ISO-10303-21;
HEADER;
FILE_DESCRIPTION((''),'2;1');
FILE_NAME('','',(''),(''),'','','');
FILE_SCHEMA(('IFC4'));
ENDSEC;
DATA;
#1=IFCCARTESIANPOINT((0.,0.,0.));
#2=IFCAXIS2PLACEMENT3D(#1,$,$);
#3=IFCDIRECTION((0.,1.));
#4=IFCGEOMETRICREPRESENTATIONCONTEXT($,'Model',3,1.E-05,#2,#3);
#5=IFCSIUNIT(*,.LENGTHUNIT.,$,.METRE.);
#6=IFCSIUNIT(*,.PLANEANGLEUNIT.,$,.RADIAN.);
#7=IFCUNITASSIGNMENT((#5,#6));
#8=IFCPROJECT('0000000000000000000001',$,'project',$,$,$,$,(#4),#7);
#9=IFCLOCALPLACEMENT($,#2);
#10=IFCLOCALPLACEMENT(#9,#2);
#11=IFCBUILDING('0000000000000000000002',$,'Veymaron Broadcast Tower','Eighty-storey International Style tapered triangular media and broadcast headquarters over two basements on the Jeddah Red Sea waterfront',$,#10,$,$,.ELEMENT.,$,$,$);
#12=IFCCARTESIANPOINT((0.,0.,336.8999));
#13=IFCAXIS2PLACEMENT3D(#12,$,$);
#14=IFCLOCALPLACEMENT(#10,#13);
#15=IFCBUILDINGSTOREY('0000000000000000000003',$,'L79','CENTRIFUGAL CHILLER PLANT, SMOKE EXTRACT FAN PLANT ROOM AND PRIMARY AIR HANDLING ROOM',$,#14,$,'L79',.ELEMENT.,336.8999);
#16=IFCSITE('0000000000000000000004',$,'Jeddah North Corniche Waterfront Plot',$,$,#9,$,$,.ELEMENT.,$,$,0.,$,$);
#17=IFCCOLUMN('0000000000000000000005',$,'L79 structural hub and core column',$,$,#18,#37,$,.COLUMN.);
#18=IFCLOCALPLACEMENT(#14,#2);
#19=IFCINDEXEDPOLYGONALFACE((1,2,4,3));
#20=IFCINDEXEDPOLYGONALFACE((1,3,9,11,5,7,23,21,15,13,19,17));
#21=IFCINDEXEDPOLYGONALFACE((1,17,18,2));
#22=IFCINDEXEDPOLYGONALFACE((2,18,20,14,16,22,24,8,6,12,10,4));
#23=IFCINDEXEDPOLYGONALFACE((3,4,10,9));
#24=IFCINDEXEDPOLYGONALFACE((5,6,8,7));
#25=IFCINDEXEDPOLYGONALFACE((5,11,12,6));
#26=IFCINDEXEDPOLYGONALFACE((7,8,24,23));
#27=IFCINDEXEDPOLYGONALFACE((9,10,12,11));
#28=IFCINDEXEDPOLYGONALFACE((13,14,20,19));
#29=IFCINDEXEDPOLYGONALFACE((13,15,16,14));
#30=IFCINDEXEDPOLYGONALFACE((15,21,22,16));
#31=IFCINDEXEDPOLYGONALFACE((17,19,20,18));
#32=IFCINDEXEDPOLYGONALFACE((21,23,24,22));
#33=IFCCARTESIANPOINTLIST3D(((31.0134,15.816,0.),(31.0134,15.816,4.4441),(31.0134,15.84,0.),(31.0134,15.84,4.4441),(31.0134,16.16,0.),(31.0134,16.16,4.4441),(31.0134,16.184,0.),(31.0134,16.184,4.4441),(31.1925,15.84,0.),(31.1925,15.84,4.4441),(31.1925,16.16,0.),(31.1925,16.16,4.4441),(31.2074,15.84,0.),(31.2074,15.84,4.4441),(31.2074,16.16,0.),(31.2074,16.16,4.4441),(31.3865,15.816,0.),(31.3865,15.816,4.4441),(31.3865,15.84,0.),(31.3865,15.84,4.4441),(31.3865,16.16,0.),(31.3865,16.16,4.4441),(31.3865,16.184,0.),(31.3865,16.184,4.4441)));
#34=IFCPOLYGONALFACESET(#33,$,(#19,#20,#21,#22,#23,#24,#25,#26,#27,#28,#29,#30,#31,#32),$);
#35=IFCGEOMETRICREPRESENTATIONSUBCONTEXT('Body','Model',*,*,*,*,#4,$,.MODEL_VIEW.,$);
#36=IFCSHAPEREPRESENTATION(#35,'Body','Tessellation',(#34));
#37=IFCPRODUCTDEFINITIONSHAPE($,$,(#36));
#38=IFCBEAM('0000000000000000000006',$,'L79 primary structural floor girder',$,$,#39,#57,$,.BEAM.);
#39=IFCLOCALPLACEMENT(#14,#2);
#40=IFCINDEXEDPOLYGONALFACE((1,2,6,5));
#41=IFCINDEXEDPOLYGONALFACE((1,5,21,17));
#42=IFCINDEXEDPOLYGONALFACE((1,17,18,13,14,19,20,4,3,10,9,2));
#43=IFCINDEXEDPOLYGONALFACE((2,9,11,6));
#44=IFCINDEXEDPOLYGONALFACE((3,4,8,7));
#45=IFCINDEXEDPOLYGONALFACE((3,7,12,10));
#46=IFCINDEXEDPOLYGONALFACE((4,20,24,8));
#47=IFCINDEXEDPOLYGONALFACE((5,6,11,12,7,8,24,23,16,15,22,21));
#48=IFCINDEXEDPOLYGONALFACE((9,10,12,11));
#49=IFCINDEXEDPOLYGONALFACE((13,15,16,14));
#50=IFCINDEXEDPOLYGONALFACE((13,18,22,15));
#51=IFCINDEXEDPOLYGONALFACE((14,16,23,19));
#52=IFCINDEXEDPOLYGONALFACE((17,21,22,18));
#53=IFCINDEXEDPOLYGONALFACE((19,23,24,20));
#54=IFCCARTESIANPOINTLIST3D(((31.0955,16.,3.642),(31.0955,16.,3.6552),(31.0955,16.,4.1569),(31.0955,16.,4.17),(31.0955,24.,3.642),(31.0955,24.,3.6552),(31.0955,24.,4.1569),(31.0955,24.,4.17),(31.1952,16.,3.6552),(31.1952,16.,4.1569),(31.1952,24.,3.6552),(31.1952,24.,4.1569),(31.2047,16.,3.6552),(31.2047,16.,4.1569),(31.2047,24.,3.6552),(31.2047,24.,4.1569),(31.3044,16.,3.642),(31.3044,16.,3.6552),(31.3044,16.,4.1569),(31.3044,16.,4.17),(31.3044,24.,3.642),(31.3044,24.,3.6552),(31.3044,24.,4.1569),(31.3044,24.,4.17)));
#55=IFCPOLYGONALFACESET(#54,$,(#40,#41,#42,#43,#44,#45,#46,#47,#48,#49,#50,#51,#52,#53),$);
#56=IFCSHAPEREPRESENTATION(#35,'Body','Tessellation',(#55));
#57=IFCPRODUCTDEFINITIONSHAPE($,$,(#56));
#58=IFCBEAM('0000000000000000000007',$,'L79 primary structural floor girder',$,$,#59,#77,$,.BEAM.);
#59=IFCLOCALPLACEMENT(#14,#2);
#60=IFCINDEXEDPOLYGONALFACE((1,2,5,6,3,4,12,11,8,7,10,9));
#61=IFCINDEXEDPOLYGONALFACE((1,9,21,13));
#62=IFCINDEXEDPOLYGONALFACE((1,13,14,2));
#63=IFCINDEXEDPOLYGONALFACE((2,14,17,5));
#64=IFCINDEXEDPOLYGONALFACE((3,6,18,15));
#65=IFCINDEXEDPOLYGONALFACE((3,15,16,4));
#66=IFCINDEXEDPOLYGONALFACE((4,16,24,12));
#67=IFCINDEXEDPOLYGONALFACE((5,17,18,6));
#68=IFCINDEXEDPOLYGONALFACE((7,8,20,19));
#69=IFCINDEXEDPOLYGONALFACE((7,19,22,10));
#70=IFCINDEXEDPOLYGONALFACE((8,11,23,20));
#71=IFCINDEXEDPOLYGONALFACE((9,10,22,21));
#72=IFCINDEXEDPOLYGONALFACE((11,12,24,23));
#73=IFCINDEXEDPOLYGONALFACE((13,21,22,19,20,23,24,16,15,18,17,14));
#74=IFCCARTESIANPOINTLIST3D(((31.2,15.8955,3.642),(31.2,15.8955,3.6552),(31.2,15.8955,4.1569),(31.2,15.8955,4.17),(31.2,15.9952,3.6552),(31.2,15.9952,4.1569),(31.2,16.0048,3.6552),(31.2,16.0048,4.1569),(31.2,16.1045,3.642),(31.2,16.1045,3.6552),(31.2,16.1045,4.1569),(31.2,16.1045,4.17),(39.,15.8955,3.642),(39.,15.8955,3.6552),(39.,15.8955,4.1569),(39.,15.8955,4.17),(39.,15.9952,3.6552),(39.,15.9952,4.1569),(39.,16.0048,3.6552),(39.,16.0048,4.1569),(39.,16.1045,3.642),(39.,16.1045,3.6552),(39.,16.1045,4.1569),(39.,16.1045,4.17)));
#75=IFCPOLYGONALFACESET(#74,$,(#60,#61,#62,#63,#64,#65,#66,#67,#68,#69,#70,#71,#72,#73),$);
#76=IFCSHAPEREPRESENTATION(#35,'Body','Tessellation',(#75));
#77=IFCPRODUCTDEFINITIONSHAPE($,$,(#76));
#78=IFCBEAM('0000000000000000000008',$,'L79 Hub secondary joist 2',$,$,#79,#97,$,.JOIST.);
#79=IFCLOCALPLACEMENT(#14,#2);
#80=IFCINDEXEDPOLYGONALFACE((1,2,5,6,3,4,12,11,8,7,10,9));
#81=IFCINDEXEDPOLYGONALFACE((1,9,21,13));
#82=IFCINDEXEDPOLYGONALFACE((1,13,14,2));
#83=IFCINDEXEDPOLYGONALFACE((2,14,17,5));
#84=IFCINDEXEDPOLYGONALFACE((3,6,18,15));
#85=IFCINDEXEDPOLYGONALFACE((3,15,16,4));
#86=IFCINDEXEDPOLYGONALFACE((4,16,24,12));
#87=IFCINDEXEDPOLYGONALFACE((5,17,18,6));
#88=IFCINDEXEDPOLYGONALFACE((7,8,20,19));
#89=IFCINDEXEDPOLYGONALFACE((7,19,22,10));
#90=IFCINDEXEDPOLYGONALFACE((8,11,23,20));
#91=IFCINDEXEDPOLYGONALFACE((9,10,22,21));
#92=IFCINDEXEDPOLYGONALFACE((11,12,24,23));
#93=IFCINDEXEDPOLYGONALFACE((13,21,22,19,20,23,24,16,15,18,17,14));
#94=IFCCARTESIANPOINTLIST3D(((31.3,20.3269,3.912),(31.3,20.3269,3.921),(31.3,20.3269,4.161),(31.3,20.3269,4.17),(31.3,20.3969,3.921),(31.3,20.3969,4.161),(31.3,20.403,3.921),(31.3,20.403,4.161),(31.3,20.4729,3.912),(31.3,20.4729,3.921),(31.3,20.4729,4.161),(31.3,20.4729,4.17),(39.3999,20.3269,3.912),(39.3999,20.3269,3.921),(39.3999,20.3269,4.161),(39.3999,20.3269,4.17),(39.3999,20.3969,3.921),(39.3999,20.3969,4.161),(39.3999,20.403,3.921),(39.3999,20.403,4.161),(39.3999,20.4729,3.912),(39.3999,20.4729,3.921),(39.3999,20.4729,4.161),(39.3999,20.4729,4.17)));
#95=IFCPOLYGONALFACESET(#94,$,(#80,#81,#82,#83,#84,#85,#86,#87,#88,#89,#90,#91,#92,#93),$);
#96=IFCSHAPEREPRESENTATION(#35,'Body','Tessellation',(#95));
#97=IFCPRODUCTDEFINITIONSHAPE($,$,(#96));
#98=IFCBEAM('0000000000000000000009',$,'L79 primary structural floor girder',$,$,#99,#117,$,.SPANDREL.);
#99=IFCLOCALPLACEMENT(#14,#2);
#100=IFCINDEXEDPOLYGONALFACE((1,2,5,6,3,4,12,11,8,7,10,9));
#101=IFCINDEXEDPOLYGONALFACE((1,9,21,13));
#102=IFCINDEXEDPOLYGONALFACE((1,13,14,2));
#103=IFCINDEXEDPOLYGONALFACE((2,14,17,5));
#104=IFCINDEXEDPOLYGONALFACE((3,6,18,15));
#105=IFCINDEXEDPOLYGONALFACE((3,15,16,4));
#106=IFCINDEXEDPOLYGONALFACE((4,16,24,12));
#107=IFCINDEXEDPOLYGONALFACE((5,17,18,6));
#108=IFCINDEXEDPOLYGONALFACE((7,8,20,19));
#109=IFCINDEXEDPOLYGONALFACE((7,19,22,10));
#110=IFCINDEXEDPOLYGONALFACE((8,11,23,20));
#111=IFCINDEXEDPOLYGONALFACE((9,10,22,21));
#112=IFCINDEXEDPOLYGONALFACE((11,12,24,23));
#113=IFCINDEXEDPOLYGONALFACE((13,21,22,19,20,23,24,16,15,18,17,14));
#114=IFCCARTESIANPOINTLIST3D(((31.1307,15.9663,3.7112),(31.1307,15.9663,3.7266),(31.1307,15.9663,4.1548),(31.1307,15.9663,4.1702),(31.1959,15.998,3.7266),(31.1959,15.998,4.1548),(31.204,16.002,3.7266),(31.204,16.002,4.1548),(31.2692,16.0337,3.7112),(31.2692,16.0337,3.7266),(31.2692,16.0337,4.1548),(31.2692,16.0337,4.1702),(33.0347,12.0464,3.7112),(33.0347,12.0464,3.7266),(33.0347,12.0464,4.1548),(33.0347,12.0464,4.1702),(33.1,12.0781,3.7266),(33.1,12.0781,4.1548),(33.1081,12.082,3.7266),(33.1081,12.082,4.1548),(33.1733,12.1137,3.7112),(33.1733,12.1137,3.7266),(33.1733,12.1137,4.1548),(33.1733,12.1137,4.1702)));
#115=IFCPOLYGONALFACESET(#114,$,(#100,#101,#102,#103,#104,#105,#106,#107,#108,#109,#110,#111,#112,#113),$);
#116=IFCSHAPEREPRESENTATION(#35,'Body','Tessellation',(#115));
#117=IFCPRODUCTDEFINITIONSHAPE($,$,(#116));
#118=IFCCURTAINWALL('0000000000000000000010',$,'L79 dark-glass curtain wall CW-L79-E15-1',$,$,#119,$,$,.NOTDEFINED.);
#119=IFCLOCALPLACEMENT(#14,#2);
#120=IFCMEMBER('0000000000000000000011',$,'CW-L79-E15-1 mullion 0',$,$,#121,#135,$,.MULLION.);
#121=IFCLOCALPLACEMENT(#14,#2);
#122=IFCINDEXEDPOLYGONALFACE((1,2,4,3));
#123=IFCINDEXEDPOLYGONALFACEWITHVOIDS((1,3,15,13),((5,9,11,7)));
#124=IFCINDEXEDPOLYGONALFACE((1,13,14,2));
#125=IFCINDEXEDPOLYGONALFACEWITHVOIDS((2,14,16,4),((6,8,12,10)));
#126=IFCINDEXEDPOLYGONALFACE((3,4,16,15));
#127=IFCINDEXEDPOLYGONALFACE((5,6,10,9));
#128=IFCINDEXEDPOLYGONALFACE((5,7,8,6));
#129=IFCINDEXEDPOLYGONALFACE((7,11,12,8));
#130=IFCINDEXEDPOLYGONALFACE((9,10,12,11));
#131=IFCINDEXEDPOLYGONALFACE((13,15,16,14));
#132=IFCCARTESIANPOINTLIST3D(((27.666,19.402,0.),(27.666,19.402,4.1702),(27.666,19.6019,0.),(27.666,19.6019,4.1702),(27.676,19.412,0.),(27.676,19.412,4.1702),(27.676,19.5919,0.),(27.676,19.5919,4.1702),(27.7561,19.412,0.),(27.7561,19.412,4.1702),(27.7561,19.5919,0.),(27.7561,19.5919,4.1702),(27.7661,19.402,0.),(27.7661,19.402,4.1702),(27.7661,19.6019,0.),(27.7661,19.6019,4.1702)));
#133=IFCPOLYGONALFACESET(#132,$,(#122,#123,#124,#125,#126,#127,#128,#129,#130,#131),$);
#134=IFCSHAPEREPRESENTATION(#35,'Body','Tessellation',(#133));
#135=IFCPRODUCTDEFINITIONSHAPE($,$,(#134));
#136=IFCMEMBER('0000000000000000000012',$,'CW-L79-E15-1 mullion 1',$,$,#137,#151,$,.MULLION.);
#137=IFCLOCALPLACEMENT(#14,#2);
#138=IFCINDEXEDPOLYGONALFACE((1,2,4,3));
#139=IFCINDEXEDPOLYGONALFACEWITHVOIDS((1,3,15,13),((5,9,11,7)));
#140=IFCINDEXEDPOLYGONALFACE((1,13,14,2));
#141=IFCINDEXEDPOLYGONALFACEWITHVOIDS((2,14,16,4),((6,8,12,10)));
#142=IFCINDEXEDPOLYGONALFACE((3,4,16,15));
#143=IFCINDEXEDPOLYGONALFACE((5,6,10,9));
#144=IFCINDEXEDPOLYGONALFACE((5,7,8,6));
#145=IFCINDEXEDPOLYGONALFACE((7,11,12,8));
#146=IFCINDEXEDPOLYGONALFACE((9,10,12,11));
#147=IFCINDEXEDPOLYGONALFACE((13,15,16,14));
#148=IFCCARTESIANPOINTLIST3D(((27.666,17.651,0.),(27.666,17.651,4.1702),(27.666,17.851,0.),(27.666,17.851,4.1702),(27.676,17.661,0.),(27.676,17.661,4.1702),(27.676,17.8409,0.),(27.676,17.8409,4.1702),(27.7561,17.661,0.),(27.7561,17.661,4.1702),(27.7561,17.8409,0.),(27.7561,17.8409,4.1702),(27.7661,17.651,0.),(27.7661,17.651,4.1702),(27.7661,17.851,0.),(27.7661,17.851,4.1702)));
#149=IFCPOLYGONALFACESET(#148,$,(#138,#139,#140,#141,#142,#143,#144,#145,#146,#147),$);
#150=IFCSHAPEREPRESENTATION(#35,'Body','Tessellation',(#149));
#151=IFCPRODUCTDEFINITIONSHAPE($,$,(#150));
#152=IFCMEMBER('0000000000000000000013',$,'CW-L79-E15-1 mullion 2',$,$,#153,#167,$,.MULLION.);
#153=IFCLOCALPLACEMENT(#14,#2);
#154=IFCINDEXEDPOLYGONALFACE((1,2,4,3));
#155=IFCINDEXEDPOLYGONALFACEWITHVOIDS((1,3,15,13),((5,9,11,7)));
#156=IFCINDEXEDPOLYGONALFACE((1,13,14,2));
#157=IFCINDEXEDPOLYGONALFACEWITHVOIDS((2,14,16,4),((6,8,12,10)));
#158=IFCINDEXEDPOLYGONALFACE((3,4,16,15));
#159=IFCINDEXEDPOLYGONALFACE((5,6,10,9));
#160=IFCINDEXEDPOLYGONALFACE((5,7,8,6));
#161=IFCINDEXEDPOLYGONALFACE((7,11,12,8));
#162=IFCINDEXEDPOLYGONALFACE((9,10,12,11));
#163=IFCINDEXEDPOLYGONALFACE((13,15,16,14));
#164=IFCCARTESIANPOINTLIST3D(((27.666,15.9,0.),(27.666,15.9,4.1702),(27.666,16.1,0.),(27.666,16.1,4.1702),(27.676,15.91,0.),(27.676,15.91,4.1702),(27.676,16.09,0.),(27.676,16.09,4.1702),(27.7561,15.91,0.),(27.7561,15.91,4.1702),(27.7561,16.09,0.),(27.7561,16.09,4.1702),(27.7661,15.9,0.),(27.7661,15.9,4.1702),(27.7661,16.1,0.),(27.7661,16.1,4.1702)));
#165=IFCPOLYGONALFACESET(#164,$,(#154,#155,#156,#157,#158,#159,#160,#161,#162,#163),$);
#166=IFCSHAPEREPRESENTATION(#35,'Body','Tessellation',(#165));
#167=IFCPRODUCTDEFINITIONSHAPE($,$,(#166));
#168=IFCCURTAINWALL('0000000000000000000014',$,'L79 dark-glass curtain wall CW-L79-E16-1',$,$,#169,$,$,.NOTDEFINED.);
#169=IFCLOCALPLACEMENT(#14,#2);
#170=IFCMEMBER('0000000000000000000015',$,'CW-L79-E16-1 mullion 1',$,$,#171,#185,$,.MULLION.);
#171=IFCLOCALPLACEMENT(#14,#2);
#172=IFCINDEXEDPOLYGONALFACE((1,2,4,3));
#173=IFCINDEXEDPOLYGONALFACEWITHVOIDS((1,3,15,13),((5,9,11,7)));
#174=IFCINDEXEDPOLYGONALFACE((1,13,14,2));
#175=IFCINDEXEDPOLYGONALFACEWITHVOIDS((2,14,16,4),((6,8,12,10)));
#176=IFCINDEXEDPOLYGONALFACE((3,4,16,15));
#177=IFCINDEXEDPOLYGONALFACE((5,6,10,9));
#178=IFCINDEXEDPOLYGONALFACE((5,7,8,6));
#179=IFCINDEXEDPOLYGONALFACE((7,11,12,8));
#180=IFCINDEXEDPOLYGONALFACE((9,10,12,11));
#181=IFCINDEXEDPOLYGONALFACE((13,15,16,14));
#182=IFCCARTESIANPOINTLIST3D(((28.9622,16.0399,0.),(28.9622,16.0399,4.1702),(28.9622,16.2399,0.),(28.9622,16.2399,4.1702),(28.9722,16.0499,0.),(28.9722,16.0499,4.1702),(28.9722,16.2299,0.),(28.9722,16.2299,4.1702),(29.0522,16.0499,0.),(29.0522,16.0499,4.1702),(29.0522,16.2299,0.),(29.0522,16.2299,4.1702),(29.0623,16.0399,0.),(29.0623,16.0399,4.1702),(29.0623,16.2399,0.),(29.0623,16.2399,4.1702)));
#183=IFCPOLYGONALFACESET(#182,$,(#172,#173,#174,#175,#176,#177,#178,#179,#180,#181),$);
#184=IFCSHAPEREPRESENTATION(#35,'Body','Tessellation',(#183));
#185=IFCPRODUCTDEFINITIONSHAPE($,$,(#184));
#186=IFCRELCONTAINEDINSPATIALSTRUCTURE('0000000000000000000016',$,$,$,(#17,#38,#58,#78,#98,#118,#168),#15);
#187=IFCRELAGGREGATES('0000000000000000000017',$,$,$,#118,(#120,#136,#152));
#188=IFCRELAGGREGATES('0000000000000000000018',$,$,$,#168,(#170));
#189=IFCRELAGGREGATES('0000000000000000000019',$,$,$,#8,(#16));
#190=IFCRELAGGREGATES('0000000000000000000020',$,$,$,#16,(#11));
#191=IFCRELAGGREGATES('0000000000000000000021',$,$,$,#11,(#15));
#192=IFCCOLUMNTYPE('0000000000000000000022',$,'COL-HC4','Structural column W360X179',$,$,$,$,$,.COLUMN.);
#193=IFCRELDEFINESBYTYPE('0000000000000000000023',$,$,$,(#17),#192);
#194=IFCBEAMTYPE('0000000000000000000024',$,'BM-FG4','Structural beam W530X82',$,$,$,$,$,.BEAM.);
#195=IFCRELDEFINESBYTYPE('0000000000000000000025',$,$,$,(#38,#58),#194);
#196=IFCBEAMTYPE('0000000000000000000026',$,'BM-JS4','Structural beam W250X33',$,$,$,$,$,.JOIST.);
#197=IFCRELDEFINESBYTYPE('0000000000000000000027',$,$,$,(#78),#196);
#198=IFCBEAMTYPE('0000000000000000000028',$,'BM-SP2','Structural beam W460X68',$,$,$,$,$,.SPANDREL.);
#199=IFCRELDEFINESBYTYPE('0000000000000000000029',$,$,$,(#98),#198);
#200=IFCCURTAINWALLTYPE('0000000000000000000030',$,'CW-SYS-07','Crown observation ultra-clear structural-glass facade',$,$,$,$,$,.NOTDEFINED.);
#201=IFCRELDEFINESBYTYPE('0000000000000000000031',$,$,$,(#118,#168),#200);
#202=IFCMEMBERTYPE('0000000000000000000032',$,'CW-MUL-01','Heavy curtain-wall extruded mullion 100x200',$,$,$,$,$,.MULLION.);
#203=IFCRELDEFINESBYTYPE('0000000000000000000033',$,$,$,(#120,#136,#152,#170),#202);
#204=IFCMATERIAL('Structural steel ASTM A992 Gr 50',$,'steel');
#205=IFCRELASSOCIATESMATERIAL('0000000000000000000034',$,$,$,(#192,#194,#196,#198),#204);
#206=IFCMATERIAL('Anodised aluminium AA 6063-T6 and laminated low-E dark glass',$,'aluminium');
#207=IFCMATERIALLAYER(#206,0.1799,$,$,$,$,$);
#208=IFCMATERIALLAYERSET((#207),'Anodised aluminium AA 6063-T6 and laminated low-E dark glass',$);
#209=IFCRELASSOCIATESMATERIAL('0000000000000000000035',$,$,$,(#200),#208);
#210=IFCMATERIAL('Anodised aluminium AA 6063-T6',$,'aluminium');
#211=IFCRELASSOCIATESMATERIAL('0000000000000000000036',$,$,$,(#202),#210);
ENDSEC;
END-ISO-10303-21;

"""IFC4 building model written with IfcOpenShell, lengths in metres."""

from ifc_helpers import new_model, si_unit, direction, frame, origin, origin_2d, place, context, subcontext, project, spatial, hollow_rectangle, i_section, extrude, material, layer, layer_set, material_profile, profile_set, type_object, element, aggregate, save


model = new_model("IFC4")

# Units and contexts
model_context = context("Model", 3, precision=1e-05, world=origin(), true_north=direction((0.0, 1.0)))
body_context = subcontext(model_context, "Body", "Model", "MODEL_VIEW")
ifc_project = project(units=[si_unit("LENGTHUNIT", "METRE"), si_unit("PLANEANGLEUNIT", "RADIAN")], contexts=[model_context])

# Site, building, storey
site_placement = place(None, origin())
site = spatial("IfcSite", under=ifc_project, at=site_placement, Name="Jeddah North Corniche Waterfront Plot", CompositionType="ELEMENT", RefElevation=0.0)
building_placement = place(site_placement, origin())
building = spatial("IfcBuilding", under=site, at=building_placement, Name="Veymaron Broadcast Tower", Description="Eighty-storey International Style tapered triangular media and broadcast headquarters over two basements on the Jeddah Red Sea waterfront", CompositionType="ELEMENT")
storey_placement = place(building_placement, frame((0.0, 0.0, 336.8999)))
storey = spatial("IfcBuildingStorey", under=building, at=storey_placement, Name="L79", Description="CENTRIFUGAL CHILLER PLANT, SMOKE EXTRACT FAN PLANT ROOM AND PRIMARY AIR HANDLING ROOM", LongName="L79", CompositionType="ELEMENT", Elevation=336.8999)

# Column
ifc_material_1 = material(Name="Structural steel ASTM A992 Gr 50", Category="steel")
ifc_material_profile_1 = material_profile(ifc_material_1, i_section(OverallWidth=0.373, OverallDepth=0.3679, WebThickness=0.0149, FlangeThickness=0.0239, at=origin_2d()), Name="W360X179")
ifc_profile_set_1 = profile_set([ifc_material_profile_1], Name="Structural steel ASTM A992 Gr 50")
column_type = type_object("IfcColumnType", Name="COL-HC4", Description="Structural column W360X179", PredefinedType="COLUMN", material=ifc_profile_set_1)
column_placement = place(storey_placement, frame((31.2, 16.0, 0.0), z_axis=(0.0, 0.0, 1.0), x_axis=(1.0, 0.0, 0.0)))
element("IfcColumn", 1, at=column_placement, inside=storey, type_object=column_type, Name="L79 structural hub and core column", PredefinedType="COLUMN", context=body_context, shape_type="SweptSolid", body=[
    extrude(i_section(OverallWidth=0.373, OverallDepth=0.3679, WebThickness=0.0149, FlangeThickness=0.0239, at=origin_2d()), origin(), (0.0, 0.0, 1.0), 4.4441),
])

# Beams
ifc_material_profile_2 = material_profile(ifc_material_1, i_section(OverallWidth=0.209, OverallDepth=0.5281, WebThickness=0.0095, FlangeThickness=0.0132, at=origin_2d()), Name="W530X82")
ifc_profile_set_2 = profile_set([ifc_material_profile_2], Name="Structural steel ASTM A992 Gr 50")
beam_type_1 = type_object("IfcBeamType", Name="BM-FG4", Description="Structural beam W530X82", PredefinedType="BEAM", material=ifc_profile_set_2)
beam_1_placement = place(storey_placement, frame((31.2, 16.0, 3.906), z_axis=(0.0, 1.0, 0.0), x_axis=(-1.0, 0.0, 0.0)))
element("IfcBeam", 2, at=beam_1_placement, inside=storey, type_object=beam_type_1, Name="L79 primary structural floor girder", PredefinedType="BEAM", context=body_context, shape_type="SweptSolid", body=[
    extrude(i_section(OverallWidth=0.209, OverallDepth=0.5281, WebThickness=0.0095, FlangeThickness=0.0132, at=origin_2d()), origin(), (0.0, 0.0, 1.0), 8.0),
])
beam_2_placement = place(storey_placement, frame((31.2, 16.0, 3.906), z_axis=(1.0, 0.0, 0.0), x_axis=(0.0, 1.0, 0.0)))
element("IfcBeam", 3, at=beam_2_placement, inside=storey, type_object=beam_type_1, Name="L79 primary structural floor girder", PredefinedType="BEAM", context=body_context, shape_type="SweptSolid", body=[
    extrude(i_section(OverallWidth=0.209, OverallDepth=0.5281, WebThickness=0.0095, FlangeThickness=0.0132, at=origin_2d()), origin(), (0.0, 0.0, 1.0), 7.8),
])
ifc_material_profile_3 = material_profile(ifc_material_1, i_section(OverallWidth=0.146, OverallDepth=0.2581, WebThickness=0.0061, FlangeThickness=0.009, at=origin_2d()), Name="W250X33")
ifc_profile_set_3 = profile_set([ifc_material_profile_3], Name="Structural steel ASTM A992 Gr 50")
beam_type_2 = type_object("IfcBeamType", Name="BM-JS4", Description="Structural beam W250X33", PredefinedType="JOIST", material=ifc_profile_set_3)
beam_3_placement = place(storey_placement, frame((31.3, 20.3999, 4.041), z_axis=(1.0, 0.0, 0.0), x_axis=(0.0, 1.0, 0.0)))
element("IfcBeam", 4, at=beam_3_placement, inside=storey, type_object=beam_type_2, Name="L79 Hub secondary joist 2", PredefinedType="JOIST", context=body_context, shape_type="SweptSolid", body=[
    extrude(i_section(OverallWidth=0.146, OverallDepth=0.2581, WebThickness=0.0061, FlangeThickness=0.009, at=origin_2d()), origin(), (0.0, 0.0, 1.0), 8.0999),
])
ifc_material_profile_4 = material_profile(ifc_material_1, i_section(OverallWidth=0.1541, OverallDepth=0.459, WebThickness=0.009, FlangeThickness=0.0154, at=origin_2d()), Name="W460X68")
ifc_profile_set_4 = profile_set([ifc_material_profile_4], Name="Structural steel ASTM A992 Gr 50")
beam_type_3 = type_object("IfcBeamType", Name="BM-SP2", Description="Structural beam W460X68", PredefinedType="SPANDREL", material=ifc_profile_set_4)
beam_4_placement = place(storey_placement, frame((31.2, 16.0, 3.9407), z_axis=(0.436921, -0.8995, 0.0), x_axis=(0.8995, 0.436921, 0.0)))
element("IfcBeam", 5, at=beam_4_placement, inside=storey, type_object=beam_type_3, Name="L79 primary structural floor girder", PredefinedType="SPANDREL", context=body_context, shape_type="SweptSolid", body=[
    extrude(i_section(OverallWidth=0.1541, OverallDepth=0.459, WebThickness=0.009, FlangeThickness=0.0154, at=origin_2d()), origin(), (0.0, 0.0, 1.0), 4.3579),
])

# Curtain walls, members
ifc_material_2 = material(Name="Anodised aluminium AA 6063-T6 and laminated low-E dark glass", Category="aluminium")
ifc_layer_1 = layer(ifc_material_2, 0.1799)
ifc_layer_set_1 = layer_set([ifc_layer_1], Name="Anodised aluminium AA 6063-T6 and laminated low-E dark glass")
curtain_wall_type = type_object("IfcCurtainWallType", Name="CW-SYS-07", Description="Crown observation ultra-clear structural-glass facade", PredefinedType="NOTDEFINED", material=ifc_layer_set_1)
curtain_wall_1_placement = place(storey_placement, origin())
curtain_wall_1 = element("IfcCurtainWall", 6, at=curtain_wall_1_placement, inside=storey, type_object=curtain_wall_type, Name="L79 dark-glass curtain wall CW-L79-E15-1", PredefinedType="NOTDEFINED")
ifc_material_3 = material(Name="Anodised aluminium AA 6063-T6", Category="aluminium")
ifc_material_profile_5 = material_profile(ifc_material_3, hollow_rectangle(XDim=0.1001, YDim=0.2, WallThickness=0.01, at=origin_2d()), Name="RHS200X100X10")
ifc_profile_set_5 = profile_set([ifc_material_profile_5], Name="Anodised aluminium AA 6063-T6")
member_type_1 = type_object("IfcMemberType", Name="CW-MUL-01", Description="Heavy curtain-wall extruded mullion 100x200", PredefinedType="MULLION", material=ifc_profile_set_5)
member_1_placement = place(storey_placement, frame((27.7161, 19.502, 0.0), z_axis=(0.0, 0.0, 1.0), x_axis=(1.0, 0.0, 0.0)))
member_1 = element("IfcMember", 7, at=member_1_placement, type_object=member_type_1, Name="CW-L79-E15-1 mullion 0", PredefinedType="MULLION", context=body_context, shape_type="SweptSolid", body=[
    extrude(hollow_rectangle(XDim=0.1001, YDim=0.2, WallThickness=0.01, at=origin_2d()), origin(), (0.0, 0.0, 1.0), 4.1702),
])
member_2_placement = place(storey_placement, frame((27.7161, 17.751, 0.0), z_axis=(0.0, 0.0, 1.0), x_axis=(1.0, 0.0, 0.0)))
member_2 = element("IfcMember", 8, at=member_2_placement, type_object=member_type_1, Name="CW-L79-E15-1 mullion 1", PredefinedType="MULLION", context=body_context, shape_type="SweptSolid", body=[
    extrude(hollow_rectangle(XDim=0.1001, YDim=0.2, WallThickness=0.01, at=origin_2d()), origin(), (0.0, 0.0, 1.0), 4.1702),
])
member_3_placement = place(storey_placement, frame((27.7161, 16.0, 0.0), z_axis=(0.0, 0.0, 1.0), x_axis=(1.0, 0.0, 0.0)))
member_3 = element("IfcMember", 9, at=member_3_placement, type_object=member_type_1, Name="CW-L79-E15-1 mullion 2", PredefinedType="MULLION", context=body_context, shape_type="SweptSolid", body=[
    extrude(hollow_rectangle(XDim=0.1001, YDim=0.2, WallThickness=0.01, at=origin_2d()), origin(), (0.0, 0.0, 1.0), 4.1702),
])
curtain_wall_2_placement = place(storey_placement, origin())
curtain_wall_2 = element("IfcCurtainWall", 10, at=curtain_wall_2_placement, inside=storey, type_object=curtain_wall_type, Name="L79 dark-glass curtain wall CW-L79-E16-1", PredefinedType="NOTDEFINED")
member_4_placement = place(storey_placement, frame((29.0122, 16.1399, 0.0), z_axis=(0.0, 0.0, 1.0), x_axis=(1.0, 0.0, 0.0)))
member_4 = element("IfcMember", 11, at=member_4_placement, type_object=member_type_1, Name="CW-L79-E16-1 mullion 1", PredefinedType="MULLION", context=body_context, shape_type="SweptSolid", body=[
    extrude(hollow_rectangle(XDim=0.1001, YDim=0.2, WallThickness=0.01, at=origin_2d()), origin(), (0.0, 0.0, 1.0), 4.1702),
])

aggregate(curtain_wall_1, [member_1, member_2, member_3])
aggregate(curtain_wall_2, [member_4])

save(model, "model.ifc")
